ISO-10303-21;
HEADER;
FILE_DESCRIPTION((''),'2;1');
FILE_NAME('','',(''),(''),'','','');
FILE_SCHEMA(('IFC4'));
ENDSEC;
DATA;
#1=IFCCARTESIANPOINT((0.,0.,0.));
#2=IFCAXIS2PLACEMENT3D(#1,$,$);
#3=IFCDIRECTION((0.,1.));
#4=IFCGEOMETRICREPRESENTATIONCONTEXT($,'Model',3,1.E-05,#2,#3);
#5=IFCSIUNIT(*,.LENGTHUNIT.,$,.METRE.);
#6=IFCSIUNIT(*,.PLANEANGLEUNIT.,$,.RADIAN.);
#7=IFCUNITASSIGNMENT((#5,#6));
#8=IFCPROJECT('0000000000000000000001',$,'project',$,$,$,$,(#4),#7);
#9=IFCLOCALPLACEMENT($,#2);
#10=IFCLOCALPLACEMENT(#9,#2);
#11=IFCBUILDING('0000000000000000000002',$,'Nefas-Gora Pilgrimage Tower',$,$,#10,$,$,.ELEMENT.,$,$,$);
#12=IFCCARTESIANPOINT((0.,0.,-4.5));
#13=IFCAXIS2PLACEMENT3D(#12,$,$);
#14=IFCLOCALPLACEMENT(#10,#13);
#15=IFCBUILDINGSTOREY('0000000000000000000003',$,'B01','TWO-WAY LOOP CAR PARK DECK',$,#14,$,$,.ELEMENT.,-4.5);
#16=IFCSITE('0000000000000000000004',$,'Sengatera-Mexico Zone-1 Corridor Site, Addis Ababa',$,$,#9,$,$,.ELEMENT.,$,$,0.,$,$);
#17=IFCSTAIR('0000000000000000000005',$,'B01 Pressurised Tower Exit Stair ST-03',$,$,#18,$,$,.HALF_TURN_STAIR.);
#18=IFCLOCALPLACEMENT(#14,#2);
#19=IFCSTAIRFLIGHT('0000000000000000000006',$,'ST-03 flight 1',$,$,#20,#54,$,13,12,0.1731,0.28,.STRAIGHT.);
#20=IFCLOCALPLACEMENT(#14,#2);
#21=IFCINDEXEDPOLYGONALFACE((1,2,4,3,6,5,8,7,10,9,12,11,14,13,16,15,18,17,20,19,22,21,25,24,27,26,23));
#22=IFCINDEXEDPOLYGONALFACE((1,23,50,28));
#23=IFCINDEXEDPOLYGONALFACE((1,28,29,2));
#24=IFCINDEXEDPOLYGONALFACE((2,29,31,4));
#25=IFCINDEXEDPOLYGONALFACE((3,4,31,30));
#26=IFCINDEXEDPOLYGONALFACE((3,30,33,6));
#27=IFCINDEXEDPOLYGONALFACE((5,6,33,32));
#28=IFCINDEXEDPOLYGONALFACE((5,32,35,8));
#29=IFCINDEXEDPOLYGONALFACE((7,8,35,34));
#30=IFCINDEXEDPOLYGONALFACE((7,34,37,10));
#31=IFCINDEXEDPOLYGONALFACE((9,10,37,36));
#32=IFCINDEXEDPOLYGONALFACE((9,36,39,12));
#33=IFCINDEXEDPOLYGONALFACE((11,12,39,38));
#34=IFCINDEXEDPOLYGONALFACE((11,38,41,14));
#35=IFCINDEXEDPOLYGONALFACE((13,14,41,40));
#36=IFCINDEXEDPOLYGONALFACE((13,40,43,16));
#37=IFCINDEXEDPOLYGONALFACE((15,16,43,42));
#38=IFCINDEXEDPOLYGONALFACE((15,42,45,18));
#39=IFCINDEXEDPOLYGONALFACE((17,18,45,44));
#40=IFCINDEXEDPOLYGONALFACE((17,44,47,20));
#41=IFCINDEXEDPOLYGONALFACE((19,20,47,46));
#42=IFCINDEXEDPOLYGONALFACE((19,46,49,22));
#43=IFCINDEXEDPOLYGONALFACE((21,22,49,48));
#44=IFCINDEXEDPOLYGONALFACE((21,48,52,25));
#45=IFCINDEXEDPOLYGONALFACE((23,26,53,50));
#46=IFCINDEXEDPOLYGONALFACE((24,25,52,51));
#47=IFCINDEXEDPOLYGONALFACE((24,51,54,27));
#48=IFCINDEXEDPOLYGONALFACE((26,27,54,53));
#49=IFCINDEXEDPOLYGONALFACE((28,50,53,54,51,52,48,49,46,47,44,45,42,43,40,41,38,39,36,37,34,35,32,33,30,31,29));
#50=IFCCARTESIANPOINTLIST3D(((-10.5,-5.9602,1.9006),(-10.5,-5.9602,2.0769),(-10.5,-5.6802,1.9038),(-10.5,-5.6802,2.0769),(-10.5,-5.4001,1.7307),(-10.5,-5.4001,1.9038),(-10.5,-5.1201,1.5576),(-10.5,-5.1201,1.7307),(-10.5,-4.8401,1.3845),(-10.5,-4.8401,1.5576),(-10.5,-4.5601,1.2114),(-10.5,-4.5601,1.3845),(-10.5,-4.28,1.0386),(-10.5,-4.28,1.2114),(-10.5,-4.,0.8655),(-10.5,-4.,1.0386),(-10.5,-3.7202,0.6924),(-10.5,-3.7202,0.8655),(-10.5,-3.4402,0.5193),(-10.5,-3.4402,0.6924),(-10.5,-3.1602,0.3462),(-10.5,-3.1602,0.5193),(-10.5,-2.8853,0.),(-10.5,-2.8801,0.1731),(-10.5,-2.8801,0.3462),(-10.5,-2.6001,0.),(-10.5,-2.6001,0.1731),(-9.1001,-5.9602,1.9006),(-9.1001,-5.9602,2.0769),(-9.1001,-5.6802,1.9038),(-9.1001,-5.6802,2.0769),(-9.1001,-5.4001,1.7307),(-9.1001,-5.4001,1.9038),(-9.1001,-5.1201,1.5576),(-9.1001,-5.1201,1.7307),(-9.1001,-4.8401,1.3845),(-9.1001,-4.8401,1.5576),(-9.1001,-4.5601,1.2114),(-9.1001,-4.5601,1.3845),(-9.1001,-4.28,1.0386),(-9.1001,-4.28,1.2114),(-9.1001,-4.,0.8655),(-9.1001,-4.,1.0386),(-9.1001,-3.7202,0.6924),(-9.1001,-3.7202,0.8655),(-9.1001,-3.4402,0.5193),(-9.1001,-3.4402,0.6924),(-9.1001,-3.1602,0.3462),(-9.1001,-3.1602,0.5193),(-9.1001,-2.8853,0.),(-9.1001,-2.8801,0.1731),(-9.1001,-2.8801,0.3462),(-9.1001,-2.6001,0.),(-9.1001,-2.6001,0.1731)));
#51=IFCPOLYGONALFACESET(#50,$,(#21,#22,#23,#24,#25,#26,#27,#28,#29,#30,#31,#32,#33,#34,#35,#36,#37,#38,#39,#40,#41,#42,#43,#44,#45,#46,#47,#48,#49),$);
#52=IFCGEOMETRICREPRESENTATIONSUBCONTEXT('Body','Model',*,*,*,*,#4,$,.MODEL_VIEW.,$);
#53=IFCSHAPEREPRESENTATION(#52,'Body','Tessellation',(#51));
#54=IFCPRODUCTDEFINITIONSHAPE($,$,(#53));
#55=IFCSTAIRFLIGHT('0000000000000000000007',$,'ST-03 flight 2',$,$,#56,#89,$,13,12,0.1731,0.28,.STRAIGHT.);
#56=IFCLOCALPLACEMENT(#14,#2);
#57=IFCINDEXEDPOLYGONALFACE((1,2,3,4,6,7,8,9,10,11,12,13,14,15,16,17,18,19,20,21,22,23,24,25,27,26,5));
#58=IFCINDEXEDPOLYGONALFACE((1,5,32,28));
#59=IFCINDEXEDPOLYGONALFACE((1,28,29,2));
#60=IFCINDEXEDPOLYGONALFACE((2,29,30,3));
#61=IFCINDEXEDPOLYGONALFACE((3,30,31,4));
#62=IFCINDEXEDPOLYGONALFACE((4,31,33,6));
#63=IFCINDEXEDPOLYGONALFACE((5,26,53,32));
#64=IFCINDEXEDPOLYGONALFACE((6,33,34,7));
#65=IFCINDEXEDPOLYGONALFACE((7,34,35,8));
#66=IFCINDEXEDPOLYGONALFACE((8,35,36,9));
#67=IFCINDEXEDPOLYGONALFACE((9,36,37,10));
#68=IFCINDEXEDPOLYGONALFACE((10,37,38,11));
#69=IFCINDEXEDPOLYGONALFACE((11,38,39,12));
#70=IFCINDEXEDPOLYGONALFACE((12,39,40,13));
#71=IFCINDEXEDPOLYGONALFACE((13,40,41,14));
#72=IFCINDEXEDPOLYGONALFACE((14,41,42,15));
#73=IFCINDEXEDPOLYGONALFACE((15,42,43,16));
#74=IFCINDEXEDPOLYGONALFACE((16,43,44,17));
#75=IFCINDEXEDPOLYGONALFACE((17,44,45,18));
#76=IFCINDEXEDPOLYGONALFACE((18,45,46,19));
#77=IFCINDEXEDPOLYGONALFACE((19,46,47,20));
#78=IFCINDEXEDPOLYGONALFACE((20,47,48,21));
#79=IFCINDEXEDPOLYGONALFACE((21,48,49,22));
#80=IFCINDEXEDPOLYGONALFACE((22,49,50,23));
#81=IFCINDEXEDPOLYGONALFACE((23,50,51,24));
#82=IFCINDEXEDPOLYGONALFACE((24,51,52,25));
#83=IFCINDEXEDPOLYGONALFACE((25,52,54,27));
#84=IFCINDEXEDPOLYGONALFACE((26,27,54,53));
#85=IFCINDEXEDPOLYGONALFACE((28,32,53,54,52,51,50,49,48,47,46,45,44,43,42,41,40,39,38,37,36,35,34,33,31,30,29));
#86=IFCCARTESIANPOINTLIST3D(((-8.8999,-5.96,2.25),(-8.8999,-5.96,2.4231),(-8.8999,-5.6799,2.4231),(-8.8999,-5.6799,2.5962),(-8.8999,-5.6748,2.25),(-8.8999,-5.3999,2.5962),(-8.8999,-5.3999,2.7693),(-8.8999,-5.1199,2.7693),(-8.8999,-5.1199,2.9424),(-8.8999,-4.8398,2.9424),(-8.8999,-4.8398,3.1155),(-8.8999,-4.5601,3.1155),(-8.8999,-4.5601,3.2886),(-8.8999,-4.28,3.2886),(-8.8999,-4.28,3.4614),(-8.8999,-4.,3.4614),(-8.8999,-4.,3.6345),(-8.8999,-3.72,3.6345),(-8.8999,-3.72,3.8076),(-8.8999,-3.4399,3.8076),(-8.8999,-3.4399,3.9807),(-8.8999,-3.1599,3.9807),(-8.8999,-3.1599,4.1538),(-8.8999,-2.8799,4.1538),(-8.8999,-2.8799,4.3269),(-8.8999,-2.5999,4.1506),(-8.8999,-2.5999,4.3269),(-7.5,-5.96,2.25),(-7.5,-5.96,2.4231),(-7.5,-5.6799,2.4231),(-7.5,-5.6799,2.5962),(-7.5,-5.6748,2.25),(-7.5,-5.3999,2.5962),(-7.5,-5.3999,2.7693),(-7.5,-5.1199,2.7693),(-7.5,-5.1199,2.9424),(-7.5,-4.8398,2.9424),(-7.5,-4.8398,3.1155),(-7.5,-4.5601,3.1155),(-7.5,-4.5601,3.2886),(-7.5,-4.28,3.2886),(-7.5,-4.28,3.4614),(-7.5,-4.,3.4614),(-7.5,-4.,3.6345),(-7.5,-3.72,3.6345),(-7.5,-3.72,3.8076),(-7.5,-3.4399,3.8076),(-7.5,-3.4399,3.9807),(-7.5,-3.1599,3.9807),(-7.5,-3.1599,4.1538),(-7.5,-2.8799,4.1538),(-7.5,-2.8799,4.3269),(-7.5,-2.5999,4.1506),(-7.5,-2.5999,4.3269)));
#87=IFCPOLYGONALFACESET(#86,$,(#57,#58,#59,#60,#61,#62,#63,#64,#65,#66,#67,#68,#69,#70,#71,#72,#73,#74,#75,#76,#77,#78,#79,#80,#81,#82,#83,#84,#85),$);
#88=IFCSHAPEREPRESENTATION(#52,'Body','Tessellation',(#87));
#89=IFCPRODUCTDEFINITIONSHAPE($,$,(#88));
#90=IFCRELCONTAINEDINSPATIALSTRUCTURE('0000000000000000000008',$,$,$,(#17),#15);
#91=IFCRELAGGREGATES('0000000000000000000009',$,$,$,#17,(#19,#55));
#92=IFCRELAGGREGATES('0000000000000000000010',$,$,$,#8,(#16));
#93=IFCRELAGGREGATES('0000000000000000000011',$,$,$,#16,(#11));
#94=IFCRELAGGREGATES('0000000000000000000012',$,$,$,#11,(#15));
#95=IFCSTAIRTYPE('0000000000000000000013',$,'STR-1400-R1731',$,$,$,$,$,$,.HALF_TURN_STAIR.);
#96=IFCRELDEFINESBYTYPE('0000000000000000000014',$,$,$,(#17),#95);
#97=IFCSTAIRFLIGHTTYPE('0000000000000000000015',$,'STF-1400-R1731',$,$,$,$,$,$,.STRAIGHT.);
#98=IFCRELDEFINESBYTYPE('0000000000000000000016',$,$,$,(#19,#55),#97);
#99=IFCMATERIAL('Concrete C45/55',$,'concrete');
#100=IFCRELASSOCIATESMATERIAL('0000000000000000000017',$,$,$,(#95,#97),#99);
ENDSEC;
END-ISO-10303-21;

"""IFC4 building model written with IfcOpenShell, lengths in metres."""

from ifc_helpers import new_model, si_unit, direction, frame, origin, place, context, subcontext, project, spatial, polyline, outline, extrude, source, transform, mapped, material, type_object, element, aggregate, save


model = new_model("IFC4")

# Units and contexts
model_context = context("Model", 3, precision=1e-05, world=origin(), true_north=direction((0.0, 1.0)))
body_context = subcontext(model_context, "Body", "Model", "MODEL_VIEW")
ifc_project = project(units=[si_unit("LENGTHUNIT", "METRE"), si_unit("PLANEANGLEUNIT", "RADIAN")], contexts=[model_context])

# Site, building, storey
site_placement = place(None, origin())
site = spatial("IfcSite", under=ifc_project, at=site_placement, Name="Sengatera-Mexico Zone-1 Corridor Site, Addis Ababa", CompositionType="ELEMENT", RefElevation=0.0)
building_placement = place(site_placement, origin())
building = spatial("IfcBuilding", under=site, at=building_placement, Name="Nefas-Gora Pilgrimage Tower", CompositionType="ELEMENT")
storey_placement = place(building_placement, frame((0.0, 0.0, -4.5)))
storey = spatial("IfcBuildingStorey", under=building, at=storey_placement, Name="B01", Description="TWO-WAY LOOP CAR PARK DECK", CompositionType="ELEMENT", Elevation=-4.5)

# Shared definitions
ifc_material_1 = material(Name="Concrete C45/55", Category="concrete")

# Stair, stair flights
stair_type = type_object("IfcStairType", Name="STR-1400-R1731", PredefinedType="HALF_TURN_STAIR", material=ifc_material_1)
stair_placement = place(storey_placement, origin())
stair = element("IfcStair", 1, at=stair_placement, inside=storey, type_object=stair_type, Name="B01 Pressurised Tower Exit Stair ST-03", PredefinedType="HALF_TURN_STAIR")
stair_flight_type = type_object("IfcStairFlightType", Name="STF-1400-R1731", PredefinedType="STRAIGHT", material=ifc_material_1)
shared_shape_1 = source(origin(), body_context, "Body", "SweptSolid", [
    extrude(outline(polyline([(0.0, 0.0), (0.0, 0.1731), (0.28, 0.1731), (0.28, 0.3462), (0.5601, 0.3462), (0.5601, 0.5193), (0.8401, 0.5193), (0.8401, 0.6924), (1.1201, 0.6924), (1.1201, 0.8655), (1.3999, 0.8655), (1.3999, 1.0386), (1.6799, 1.0386), (1.6799, 1.2114), (1.96, 1.2114), (1.96, 1.3845), (2.24, 1.3845), (2.24, 1.5576), (2.52, 1.5576), (2.52, 1.7307), (2.8, 1.7307), (2.8, 1.9038), (3.0801, 1.9038), (3.0801, 2.0769), (3.3601, 2.0769), (3.3601, 2.25), (3.3601, 1.9006), (0.2852, 0.0), (0.0, 0.0)])), frame((0.0, 0.7, 0.0), z_axis=(0.0, -1.0, 0.0), x_axis=(1.0, 0.0, 0.0)), (0.0, 0.0, 1.0), 1.3999),
])
stair_flight_1_placement = place(storey_placement, frame((-9.8, -2.6001, 0.0), z_axis=(0.0, 0.0, 1.0), x_axis=(0.0, -1.0, 0.0)))
stair_flight_1 = element("IfcStairFlight", 2, at=stair_flight_1_placement, type_object=stair_flight_type, Name="ST-03 flight 1", NumberOfRisers=13, NumberOfTreads=12, PredefinedType="STRAIGHT", RiserHeight=0.1731, TreadLength=0.28, context=body_context, shape_type="MappedRepresentation", body=[
    mapped(shared_shape_1, transform((0.0, 0.0, 0.0), x_axis=(1.0, 0.0, 0.0), y_axis=(0.0, 1.0, 0.0), z_axis=(0.0, 0.0, 1.0), scale=1.0)),
])
stair_flight_2_placement = place(storey_placement, frame((-8.2, -5.96, 2.25), z_axis=(0.0, 0.0, 1.0), x_axis=(0.0, 1.0, 0.0)))
stair_flight_2 = element("IfcStairFlight", 3, at=stair_flight_2_placement, type_object=stair_flight_type, Name="ST-03 flight 2", NumberOfRisers=13, NumberOfTreads=12, PredefinedType="STRAIGHT", RiserHeight=0.1731, TreadLength=0.28, context=body_context, shape_type="MappedRepresentation", body=[
    mapped(shared_shape_1, transform((0.0, 0.0, 0.0), x_axis=(1.0, 0.0, 0.0), y_axis=(0.0, 1.0, 0.0), z_axis=(0.0, 0.0, 1.0), scale=1.0)),
])
aggregate(stair, [stair_flight_1, stair_flight_2])

save(model, "model.ifc")
